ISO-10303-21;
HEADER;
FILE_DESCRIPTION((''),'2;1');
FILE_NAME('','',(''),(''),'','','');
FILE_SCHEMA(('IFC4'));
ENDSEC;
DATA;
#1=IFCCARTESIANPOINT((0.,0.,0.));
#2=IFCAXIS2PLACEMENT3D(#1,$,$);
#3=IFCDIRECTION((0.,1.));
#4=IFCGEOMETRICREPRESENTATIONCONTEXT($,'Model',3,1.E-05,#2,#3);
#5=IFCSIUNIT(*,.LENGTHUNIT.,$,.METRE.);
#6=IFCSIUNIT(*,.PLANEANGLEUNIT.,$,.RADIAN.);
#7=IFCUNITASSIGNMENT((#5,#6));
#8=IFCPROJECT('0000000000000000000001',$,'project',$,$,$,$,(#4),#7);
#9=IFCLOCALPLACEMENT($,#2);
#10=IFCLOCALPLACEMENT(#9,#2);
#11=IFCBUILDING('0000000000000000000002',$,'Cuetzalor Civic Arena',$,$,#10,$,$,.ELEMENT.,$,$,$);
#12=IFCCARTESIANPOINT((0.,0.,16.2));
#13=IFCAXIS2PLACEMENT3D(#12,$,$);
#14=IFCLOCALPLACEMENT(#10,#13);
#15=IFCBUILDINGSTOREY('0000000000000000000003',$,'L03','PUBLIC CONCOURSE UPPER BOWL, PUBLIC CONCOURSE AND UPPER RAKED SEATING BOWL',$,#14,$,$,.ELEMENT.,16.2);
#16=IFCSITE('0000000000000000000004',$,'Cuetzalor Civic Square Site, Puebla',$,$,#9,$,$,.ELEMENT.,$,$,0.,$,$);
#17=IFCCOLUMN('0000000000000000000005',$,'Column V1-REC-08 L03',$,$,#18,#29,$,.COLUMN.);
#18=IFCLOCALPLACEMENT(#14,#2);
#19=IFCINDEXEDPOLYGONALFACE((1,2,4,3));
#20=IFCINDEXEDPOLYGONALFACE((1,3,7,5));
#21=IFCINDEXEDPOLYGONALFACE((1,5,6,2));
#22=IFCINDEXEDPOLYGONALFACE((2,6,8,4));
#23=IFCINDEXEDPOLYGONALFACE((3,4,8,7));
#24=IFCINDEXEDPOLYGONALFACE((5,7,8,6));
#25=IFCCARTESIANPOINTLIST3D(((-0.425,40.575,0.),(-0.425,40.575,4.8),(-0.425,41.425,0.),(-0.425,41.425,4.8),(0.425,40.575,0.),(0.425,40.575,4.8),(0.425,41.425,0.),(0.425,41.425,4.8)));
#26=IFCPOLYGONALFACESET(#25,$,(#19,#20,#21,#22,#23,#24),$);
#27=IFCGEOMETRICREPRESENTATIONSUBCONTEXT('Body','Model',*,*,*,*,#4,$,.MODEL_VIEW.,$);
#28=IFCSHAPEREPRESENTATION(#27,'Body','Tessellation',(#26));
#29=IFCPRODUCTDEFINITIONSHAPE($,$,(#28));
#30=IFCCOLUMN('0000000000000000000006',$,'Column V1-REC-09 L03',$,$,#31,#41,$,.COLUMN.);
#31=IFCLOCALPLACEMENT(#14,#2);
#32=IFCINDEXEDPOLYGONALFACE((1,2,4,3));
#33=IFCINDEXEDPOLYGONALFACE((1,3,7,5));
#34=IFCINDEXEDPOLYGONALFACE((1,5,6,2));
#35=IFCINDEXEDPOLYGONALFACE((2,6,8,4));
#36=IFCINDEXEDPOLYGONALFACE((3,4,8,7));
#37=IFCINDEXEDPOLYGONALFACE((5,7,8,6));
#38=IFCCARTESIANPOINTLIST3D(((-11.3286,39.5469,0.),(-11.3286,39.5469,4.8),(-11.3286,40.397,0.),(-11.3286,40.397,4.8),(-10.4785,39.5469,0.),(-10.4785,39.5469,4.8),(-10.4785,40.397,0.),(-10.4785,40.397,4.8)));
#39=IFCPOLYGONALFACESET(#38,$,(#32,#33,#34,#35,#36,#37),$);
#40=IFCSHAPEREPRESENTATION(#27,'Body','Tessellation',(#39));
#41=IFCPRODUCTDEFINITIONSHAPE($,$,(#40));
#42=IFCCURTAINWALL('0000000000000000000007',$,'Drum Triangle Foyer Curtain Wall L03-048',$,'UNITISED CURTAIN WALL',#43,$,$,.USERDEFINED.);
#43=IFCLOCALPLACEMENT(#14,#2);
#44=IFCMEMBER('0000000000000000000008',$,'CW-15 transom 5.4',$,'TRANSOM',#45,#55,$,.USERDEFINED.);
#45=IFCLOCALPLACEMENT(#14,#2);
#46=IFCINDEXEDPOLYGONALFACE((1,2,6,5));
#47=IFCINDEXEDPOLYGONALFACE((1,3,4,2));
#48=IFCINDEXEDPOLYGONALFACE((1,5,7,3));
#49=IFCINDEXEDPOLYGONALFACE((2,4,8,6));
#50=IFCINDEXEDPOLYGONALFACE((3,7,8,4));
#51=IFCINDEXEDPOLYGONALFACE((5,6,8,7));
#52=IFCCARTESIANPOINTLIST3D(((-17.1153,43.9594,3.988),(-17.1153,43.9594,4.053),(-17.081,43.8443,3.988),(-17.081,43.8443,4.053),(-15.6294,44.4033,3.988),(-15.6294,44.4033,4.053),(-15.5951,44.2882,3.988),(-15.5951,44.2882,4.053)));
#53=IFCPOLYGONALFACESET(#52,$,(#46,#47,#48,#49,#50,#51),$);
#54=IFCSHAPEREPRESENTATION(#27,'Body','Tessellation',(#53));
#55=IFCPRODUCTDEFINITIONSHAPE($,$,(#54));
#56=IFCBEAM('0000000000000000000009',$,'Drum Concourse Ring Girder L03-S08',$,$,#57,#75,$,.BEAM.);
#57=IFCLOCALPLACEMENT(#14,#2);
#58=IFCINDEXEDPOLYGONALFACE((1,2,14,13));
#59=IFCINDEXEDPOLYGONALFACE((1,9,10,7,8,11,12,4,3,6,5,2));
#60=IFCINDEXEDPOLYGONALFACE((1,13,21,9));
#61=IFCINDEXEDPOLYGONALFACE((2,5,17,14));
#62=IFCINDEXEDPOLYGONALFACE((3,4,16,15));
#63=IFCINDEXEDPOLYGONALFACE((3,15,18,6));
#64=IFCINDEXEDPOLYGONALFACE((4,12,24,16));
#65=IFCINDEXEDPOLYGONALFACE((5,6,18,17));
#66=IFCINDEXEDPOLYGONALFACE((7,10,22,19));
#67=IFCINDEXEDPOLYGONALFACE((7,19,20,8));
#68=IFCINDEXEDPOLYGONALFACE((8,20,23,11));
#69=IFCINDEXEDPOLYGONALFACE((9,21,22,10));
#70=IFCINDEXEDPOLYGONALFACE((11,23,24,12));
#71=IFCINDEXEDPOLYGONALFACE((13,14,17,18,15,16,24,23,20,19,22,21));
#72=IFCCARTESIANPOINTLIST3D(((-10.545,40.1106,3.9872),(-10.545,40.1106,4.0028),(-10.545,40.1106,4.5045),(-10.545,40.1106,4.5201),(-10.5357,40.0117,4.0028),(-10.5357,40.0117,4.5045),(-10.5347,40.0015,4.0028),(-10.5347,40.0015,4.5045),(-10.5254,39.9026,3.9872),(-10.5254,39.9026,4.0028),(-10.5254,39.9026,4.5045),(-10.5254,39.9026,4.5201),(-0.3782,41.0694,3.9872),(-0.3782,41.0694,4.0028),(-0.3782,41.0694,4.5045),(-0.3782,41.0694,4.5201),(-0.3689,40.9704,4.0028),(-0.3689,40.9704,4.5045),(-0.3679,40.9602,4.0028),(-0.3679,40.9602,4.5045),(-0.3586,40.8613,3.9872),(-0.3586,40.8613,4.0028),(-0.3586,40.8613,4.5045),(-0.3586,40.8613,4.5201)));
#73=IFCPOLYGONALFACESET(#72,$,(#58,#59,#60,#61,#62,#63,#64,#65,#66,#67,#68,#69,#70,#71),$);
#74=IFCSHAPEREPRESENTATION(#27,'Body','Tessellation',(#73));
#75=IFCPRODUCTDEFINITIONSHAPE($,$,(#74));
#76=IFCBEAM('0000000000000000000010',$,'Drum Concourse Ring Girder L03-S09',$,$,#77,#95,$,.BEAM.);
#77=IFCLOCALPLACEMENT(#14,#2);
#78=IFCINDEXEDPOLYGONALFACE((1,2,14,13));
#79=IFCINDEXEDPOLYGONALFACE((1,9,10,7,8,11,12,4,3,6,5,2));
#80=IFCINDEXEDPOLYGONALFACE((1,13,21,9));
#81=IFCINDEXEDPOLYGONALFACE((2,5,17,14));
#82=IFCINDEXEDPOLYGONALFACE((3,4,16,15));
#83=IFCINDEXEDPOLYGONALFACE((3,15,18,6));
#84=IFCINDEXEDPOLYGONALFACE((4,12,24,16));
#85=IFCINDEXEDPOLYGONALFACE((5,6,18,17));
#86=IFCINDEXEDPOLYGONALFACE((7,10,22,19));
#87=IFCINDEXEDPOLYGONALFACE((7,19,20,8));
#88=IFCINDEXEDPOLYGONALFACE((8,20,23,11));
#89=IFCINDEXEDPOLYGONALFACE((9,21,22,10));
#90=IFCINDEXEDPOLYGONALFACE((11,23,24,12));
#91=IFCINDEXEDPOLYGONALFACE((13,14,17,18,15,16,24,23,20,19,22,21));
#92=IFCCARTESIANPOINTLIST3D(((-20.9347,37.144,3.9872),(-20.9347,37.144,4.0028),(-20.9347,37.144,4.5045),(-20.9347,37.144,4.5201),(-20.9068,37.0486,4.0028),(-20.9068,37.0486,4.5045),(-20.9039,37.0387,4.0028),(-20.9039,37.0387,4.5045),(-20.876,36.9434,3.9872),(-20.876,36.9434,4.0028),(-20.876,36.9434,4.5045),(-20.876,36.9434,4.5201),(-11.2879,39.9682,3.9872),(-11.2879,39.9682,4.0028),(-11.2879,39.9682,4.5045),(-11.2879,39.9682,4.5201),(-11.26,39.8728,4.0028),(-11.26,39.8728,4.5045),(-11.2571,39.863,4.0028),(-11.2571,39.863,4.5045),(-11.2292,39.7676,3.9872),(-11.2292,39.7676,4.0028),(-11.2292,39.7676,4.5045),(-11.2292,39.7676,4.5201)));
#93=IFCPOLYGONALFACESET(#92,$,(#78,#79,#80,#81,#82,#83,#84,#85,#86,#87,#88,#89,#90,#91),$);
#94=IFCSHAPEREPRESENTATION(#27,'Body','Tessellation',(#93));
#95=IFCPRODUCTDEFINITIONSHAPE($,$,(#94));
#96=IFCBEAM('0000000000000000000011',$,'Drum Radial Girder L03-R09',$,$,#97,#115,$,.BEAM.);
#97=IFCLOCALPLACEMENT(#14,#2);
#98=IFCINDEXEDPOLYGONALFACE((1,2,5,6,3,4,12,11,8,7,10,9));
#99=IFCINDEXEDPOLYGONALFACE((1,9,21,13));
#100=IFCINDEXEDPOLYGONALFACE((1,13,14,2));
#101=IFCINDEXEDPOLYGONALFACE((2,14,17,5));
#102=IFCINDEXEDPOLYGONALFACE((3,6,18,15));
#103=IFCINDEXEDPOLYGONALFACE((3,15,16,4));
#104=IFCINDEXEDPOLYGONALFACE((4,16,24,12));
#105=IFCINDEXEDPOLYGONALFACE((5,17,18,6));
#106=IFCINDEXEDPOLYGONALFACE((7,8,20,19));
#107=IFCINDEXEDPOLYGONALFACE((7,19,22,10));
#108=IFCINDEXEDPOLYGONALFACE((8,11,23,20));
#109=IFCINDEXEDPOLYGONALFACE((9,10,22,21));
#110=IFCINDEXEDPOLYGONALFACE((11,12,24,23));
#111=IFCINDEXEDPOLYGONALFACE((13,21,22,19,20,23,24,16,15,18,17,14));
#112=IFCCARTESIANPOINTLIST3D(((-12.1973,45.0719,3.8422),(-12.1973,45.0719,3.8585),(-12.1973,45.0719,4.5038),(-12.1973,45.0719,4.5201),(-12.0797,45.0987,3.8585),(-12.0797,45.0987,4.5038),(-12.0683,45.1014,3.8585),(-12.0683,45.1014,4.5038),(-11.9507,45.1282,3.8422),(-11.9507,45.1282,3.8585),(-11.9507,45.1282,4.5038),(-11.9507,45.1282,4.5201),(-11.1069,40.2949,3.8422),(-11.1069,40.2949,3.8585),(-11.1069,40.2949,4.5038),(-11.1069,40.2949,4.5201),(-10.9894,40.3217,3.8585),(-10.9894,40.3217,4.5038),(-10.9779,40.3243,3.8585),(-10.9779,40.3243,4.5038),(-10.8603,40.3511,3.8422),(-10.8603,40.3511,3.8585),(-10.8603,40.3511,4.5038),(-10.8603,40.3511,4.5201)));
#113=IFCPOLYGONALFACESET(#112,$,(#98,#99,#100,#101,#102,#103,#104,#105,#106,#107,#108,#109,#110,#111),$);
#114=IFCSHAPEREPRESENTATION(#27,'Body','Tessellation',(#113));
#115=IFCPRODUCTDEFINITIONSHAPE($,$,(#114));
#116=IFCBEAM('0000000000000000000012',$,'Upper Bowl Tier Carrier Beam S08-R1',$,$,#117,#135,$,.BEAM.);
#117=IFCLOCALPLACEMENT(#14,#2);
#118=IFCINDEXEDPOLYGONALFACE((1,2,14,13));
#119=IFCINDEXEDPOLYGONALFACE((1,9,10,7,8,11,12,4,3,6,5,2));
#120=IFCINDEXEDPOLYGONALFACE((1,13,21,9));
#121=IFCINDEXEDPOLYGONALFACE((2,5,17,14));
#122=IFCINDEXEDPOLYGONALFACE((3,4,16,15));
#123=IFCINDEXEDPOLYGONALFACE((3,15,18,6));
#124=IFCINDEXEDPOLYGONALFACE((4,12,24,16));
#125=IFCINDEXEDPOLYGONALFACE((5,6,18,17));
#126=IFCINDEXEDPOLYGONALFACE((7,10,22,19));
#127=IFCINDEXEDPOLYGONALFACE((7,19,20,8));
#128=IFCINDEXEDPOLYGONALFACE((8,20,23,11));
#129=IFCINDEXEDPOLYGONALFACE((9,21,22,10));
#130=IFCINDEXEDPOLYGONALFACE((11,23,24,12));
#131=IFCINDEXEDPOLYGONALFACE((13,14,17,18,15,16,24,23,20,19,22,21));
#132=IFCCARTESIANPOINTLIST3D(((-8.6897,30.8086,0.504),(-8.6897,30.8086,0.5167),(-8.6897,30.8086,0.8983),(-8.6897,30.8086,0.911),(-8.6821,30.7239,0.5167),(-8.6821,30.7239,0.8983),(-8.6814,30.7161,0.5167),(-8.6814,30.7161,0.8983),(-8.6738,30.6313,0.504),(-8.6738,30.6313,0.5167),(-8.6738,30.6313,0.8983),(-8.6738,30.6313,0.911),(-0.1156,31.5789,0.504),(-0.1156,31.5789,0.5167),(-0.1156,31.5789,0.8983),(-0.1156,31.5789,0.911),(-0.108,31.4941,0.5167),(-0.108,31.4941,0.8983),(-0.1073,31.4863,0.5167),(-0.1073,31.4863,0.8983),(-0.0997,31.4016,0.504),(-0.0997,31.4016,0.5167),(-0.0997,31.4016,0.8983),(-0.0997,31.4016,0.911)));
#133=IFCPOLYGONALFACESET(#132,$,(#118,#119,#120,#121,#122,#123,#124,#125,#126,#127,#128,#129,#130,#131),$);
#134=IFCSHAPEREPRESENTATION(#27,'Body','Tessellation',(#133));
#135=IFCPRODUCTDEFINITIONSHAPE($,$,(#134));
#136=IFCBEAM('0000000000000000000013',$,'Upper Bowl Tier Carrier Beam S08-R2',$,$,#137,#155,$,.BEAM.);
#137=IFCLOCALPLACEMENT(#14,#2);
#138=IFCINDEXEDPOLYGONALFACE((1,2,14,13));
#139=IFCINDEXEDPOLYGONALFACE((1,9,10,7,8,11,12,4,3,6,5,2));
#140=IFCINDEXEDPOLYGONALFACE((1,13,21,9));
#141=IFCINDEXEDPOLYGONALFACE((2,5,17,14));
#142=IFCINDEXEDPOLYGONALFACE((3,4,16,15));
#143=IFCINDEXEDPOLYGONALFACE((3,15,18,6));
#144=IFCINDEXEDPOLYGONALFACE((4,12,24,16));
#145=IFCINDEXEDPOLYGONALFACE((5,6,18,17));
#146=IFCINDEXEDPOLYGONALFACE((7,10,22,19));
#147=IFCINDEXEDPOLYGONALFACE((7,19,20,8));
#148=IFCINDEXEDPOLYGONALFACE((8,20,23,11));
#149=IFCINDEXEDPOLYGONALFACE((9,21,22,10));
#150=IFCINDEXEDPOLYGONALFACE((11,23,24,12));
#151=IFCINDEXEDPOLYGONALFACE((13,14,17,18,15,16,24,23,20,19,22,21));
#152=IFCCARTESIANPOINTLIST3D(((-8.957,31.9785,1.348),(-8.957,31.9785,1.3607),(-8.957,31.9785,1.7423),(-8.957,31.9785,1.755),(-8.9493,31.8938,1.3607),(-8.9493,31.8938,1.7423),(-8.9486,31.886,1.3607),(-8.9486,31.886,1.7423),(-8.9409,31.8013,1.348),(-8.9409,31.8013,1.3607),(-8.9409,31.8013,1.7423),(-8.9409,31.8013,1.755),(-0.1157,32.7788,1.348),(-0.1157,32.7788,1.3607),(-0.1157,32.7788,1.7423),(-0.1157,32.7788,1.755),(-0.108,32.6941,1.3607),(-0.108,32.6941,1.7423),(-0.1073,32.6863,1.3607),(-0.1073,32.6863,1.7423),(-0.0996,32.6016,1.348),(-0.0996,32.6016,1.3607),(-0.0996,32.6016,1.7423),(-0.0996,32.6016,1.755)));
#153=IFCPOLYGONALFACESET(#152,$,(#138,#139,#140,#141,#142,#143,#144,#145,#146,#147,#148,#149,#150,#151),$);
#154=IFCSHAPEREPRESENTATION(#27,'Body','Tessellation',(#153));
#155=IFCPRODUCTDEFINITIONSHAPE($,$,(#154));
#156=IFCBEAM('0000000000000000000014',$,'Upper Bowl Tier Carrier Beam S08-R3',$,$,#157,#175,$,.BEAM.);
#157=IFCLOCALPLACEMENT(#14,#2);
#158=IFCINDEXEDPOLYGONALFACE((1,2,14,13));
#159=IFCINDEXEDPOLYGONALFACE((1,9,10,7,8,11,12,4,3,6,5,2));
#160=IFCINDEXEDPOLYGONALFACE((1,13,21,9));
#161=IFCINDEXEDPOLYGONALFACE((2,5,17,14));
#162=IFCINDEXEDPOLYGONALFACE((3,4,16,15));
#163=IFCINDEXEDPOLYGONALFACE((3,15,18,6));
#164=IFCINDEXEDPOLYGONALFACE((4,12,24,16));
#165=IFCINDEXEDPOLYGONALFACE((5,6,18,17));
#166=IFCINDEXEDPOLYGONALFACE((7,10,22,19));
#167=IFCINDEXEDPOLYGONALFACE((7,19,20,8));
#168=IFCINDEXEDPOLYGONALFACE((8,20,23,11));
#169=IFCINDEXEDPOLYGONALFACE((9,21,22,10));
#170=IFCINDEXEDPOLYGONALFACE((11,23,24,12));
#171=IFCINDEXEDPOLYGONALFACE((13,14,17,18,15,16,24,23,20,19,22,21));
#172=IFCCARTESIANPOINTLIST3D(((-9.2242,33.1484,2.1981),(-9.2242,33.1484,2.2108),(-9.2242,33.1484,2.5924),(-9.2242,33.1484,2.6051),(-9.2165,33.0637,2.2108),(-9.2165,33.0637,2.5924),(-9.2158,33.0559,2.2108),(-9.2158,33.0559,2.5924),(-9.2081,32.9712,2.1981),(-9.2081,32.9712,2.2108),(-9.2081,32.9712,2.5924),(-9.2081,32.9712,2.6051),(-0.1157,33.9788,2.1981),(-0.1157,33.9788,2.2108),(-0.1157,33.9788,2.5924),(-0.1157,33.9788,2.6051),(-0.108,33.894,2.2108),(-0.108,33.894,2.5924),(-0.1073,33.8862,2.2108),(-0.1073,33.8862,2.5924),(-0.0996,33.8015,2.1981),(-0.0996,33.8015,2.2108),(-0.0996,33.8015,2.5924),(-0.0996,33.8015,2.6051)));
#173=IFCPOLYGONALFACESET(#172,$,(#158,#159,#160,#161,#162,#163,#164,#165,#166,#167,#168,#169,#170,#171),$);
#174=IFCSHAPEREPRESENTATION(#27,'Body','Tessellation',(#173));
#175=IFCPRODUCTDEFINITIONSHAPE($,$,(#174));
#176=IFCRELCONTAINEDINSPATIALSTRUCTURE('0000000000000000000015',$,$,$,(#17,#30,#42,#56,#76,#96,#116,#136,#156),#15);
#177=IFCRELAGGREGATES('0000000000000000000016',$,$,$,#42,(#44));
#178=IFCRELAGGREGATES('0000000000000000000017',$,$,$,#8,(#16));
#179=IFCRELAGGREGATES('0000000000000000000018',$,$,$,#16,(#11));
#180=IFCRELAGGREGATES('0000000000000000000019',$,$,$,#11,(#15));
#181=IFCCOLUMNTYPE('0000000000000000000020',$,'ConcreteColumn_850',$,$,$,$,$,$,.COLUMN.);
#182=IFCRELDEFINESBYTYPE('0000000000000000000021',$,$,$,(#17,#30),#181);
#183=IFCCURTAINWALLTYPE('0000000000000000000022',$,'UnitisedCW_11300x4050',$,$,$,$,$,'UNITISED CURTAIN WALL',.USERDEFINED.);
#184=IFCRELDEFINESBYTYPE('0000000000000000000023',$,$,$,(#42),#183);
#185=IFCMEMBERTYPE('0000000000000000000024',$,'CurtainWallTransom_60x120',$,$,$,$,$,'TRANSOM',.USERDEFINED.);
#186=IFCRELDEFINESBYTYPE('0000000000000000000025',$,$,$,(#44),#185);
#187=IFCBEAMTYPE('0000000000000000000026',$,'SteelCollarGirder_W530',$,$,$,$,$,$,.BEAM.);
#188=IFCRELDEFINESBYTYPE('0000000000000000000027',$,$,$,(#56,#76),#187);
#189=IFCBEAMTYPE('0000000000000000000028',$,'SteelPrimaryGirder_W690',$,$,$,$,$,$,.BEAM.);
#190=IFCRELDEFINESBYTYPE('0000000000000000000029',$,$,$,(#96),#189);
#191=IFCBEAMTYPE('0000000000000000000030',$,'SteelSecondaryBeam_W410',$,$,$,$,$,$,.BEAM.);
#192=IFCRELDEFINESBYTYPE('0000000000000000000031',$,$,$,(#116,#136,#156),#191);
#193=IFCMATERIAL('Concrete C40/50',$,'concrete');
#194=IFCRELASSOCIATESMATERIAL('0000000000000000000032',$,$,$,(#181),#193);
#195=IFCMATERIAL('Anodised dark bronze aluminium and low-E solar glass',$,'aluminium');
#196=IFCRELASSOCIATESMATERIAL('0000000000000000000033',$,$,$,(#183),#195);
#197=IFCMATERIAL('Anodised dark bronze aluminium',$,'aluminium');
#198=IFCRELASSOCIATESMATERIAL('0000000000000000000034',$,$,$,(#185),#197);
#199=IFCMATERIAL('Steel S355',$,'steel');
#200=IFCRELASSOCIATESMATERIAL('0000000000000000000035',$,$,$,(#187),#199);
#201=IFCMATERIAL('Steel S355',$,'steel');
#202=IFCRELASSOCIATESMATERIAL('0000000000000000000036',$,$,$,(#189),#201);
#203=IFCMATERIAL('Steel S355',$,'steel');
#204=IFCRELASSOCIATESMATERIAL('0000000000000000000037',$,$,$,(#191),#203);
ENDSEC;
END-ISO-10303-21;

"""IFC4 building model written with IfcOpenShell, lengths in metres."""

from ifc_helpers import new_model, si_unit, direction, frame, origin, origin_2d, place, context, subcontext, project, spatial, rectangle, i_section, extrude, material, material_profile, profile_set, type_object, element, aggregate, save


model = new_model("IFC4")

# Units and contexts
model_context = context("Model", 3, precision=1e-05, world=origin(), true_north=direction((0.0, 1.0)))
body_context = subcontext(model_context, "Body", "Model", "MODEL_VIEW")
ifc_project = project(units=[si_unit("LENGTHUNIT", "METRE"), si_unit("PLANEANGLEUNIT", "RADIAN")], contexts=[model_context])

# Site, building, storey
site_placement = place(None, origin())
site = spatial("IfcSite", under=ifc_project, at=site_placement, Name="Cuetzalor Civic Square Site, Puebla", CompositionType="ELEMENT", RefElevation=0.0)
building_placement = place(site_placement, origin())
building = spatial("IfcBuilding", under=site, at=building_placement, Name="Cuetzalor Civic Arena", CompositionType="ELEMENT")
storey_placement = place(building_placement, frame((0.0, 0.0, 16.2)))
storey = spatial("IfcBuildingStorey", under=building, at=storey_placement, Name="L03", Description="PUBLIC CONCOURSE UPPER BOWL, PUBLIC CONCOURSE AND UPPER RAKED SEATING BOWL", CompositionType="ELEMENT", Elevation=16.2)

# Columns
ifc_material_1 = material(Name="Concrete C40/50", Category="concrete")
ifc_material_profile_1 = material_profile(ifc_material_1, rectangle(XDim=0.8501, YDim=0.8501, at=origin_2d()), Name="RC 850x850")
ifc_profile_set_1 = profile_set([ifc_material_profile_1], Name="Concrete C40/50")
column_type = type_object("IfcColumnType", Name="ConcreteColumn_850", PredefinedType="COLUMN", material=ifc_profile_set_1)
for number, where, z_axis, x_axis, name in (
    (1, (0.0, 41.0, 0.0), (0.0, 0.0, 1.0), (1.0, 0.0, 0.0), "Column V1-REC-08 L03"),
    (2, (-10.9036, 39.9719, 0.0), (0.0, 0.0, 1.0), (1.0, 0.0, 0.0), "Column V1-REC-09 L03"),
):
    element("IfcColumn", number, at=place(storey_placement, frame(where, z_axis=z_axis, x_axis=x_axis)), inside=storey, type_object=column_type, Name=name, PredefinedType="COLUMN", context=body_context, shape_type="SweptSolid", body=[
        extrude(rectangle(XDim=0.8501, YDim=0.8501, at=origin_2d()), origin(), (0.0, 0.0, 1.0), 4.8),
    ])

# Curtain wall, member
ifc_material_2 = material(Name="Anodised dark bronze aluminium and low-E solar glass", Category="aluminium")
curtain_wall_type = type_object("IfcCurtainWallType", Name="UnitisedCW_11300x4050", ElementType="UNITISED CURTAIN WALL", PredefinedType="USERDEFINED", material=ifc_material_2)
curtain_wall_placement = place(storey_placement, origin())
curtain_wall = element("IfcCurtainWall", 3, at=curtain_wall_placement, inside=storey, type_object=curtain_wall_type, Name="Drum Triangle Foyer Curtain Wall L03-048", ObjectType="UNITISED CURTAIN WALL", PredefinedType="USERDEFINED")
ifc_material_3 = material(Name="Anodised dark bronze aluminium", Category="aluminium")
ifc_material_profile_2 = material_profile(ifc_material_3, rectangle(XDim=0.1201, YDim=0.0649, at=origin_2d()), Name="ALU TRANSOM 65x120")
ifc_profile_set_2 = profile_set([ifc_material_profile_2], Name="Anodised dark bronze aluminium")
member_type = type_object("IfcMemberType", Name="CurtainWallTransom_60x120", ElementType="TRANSOM", PredefinedType="USERDEFINED", material=ifc_profile_set_2)
member_placement = place(storey_placement, frame((-17.0981, 43.9019, 4.0205), z_axis=(0.958164, 0.286221, 0.0), x_axis=(-0.286221, 0.958164, 0.0)))
member = element("IfcMember", 4, at=member_placement, type_object=member_type, Name="CW-15 transom 5.4", ObjectType="TRANSOM", PredefinedType="USERDEFINED", context=body_context, shape_type="SweptSolid", body=[
    extrude(rectangle(XDim=0.1201, YDim=0.0649, at=origin_2d()), origin(), (0.0, 0.0, 1.0), 1.5508),
])

# Beams
ifc_material_4 = material(Name="Steel S355", Category="steel")
ifc_material_profile_3 = material_profile(ifc_material_4, i_section(OverallWidth=0.209, OverallDepth=0.533, WebThickness=0.0103, FlangeThickness=0.0156, at=origin_2d()), Name="W530x92")
ifc_profile_set_3 = profile_set([ifc_material_profile_3], Name="Steel S355")
beam_type_1 = type_object("IfcBeamType", Name="SteelCollarGirder_W530", PredefinedType="BEAM", material=ifc_profile_set_3)
beam_1_placement = place(storey_placement, frame((-0.3684, 40.9653, 4.2537), z_axis=(-0.995583, -0.093885, 0.0), x_axis=(0.093885, -0.995583, 0.0)))
element("IfcBeam", 5, at=beam_1_placement, inside=storey, type_object=beam_type_1, Name="Drum Concourse Ring Girder L03-S08", PredefinedType="BEAM", context=body_context, shape_type="SweptSolid", body=[
    extrude(i_section(OverallWidth=0.209, OverallDepth=0.533, WebThickness=0.0103, FlangeThickness=0.0156, at=origin_2d()), origin(), (0.0, 0.0, 1.0), 10.2119),
])
beam_2_placement = place(storey_placement, frame((-11.2585, 39.8679, 4.2537), z_axis=(-0.959716, -0.280971, 0.0), x_axis=(0.280971, -0.959716, 0.0)))
element("IfcBeam", 6, at=beam_2_placement, inside=storey, type_object=beam_type_1, Name="Drum Concourse Ring Girder L03-S09", PredefinedType="BEAM", context=body_context, shape_type="SweptSolid", body=[
    extrude(i_section(OverallWidth=0.209, OverallDepth=0.533, WebThickness=0.0103, FlangeThickness=0.0156, at=origin_2d()), origin(), (0.0, 0.0, 1.0), 10.0518),
])
ifc_material_5 = material(Name="Steel S355", Category="steel")
ifc_material_profile_4 = material_profile(ifc_material_5, i_section(OverallWidth=0.2529, OverallDepth=0.678, WebThickness=0.0117, FlangeThickness=0.0164, at=origin_2d()), Name="W690x125")
ifc_profile_set_4 = profile_set([ifc_material_profile_4], Name="Steel S355")
beam_type_2 = type_object("IfcBeamType", Name="SteelPrimaryGirder_W690", PredefinedType="BEAM", material=ifc_profile_set_4)
beam_3_placement = place(storey_placement, frame((-10.9836, 40.323, 4.1812), z_axis=(-0.222519, 0.974928, 0.0), x_axis=(-0.974928, -0.222519, 0.0)))
element("IfcBeam", 7, at=beam_3_placement, inside=storey, type_object=beam_type_2, Name="Drum Radial Girder L03-R09", PredefinedType="BEAM", context=body_context, shape_type="SweptSolid", body=[
    extrude(i_section(OverallWidth=0.2529, OverallDepth=0.678, WebThickness=0.0117, FlangeThickness=0.0164, at=origin_2d()), origin(), (0.0, 0.0, 1.0), 4.8999),
])
ifc_material_6 = material(Name="Steel S355", Category="steel")
ifc_material_profile_5 = material_profile(ifc_material_6, i_section(OverallWidth=0.178, OverallDepth=0.407, WebThickness=0.0078, FlangeThickness=0.0127, at=origin_2d()), Name="W410x60")
ifc_profile_set_5 = profile_set([ifc_material_profile_5], Name="Steel S355")
beam_type_3 = type_object("IfcBeamType", Name="SteelSecondaryBeam_W410", PredefinedType="BEAM", material=ifc_profile_set_5)
beam_4_placement = place(storey_placement, frame((-0.1077, 31.4902, 0.7075), z_axis=(-0.995989, -0.089475, 0.0), x_axis=(0.089475, -0.995989, 0.0)))
element("IfcBeam", 8, at=beam_4_placement, inside=storey, type_object=beam_type_3, Name="Upper Bowl Tier Carrier Beam S08-R1", PredefinedType="BEAM", context=body_context, shape_type="SweptSolid", body=[
    extrude(i_section(OverallWidth=0.178, OverallDepth=0.407, WebThickness=0.0078, FlangeThickness=0.0127, at=origin_2d()), origin(), (0.0, 0.0, 1.0), 8.6086),
])
beam_5_placement = place(storey_placement, frame((-0.1077, 32.6902, 1.5515), z_axis=(-0.995928, -0.090149, 0.0), x_axis=(0.090149, -0.995928, 0.0)))
element("IfcBeam", 9, at=beam_5_placement, inside=storey, type_object=beam_type_3, Name="Upper Bowl Tier Carrier Beam S08-R2", PredefinedType="BEAM", context=body_context, shape_type="SweptSolid", body=[
    extrude(i_section(OverallWidth=0.178, OverallDepth=0.407, WebThickness=0.0078, FlangeThickness=0.0127, at=origin_2d()), origin(), (0.0, 0.0, 1.0), 8.8774),
])
beam_6_placement = place(storey_placement, frame((-0.1077, 33.8901, 2.4016), z_axis=(-0.995871, -0.090784, 0.0), x_axis=(0.090784, -0.995871, 0.0)))
element("IfcBeam", 10, at=beam_6_placement, inside=storey, type_object=beam_type_3, Name="Upper Bowl Tier Carrier Beam S08-R3", PredefinedType="BEAM", context=body_context, shape_type="SweptSolid", body=[
    extrude(i_section(OverallWidth=0.178, OverallDepth=0.407, WebThickness=0.0078, FlangeThickness=0.0127, at=origin_2d()), origin(), (0.0, 0.0, 1.0), 9.1462),
])

aggregate(curtain_wall, [member])

save(model, "model.ifc")
